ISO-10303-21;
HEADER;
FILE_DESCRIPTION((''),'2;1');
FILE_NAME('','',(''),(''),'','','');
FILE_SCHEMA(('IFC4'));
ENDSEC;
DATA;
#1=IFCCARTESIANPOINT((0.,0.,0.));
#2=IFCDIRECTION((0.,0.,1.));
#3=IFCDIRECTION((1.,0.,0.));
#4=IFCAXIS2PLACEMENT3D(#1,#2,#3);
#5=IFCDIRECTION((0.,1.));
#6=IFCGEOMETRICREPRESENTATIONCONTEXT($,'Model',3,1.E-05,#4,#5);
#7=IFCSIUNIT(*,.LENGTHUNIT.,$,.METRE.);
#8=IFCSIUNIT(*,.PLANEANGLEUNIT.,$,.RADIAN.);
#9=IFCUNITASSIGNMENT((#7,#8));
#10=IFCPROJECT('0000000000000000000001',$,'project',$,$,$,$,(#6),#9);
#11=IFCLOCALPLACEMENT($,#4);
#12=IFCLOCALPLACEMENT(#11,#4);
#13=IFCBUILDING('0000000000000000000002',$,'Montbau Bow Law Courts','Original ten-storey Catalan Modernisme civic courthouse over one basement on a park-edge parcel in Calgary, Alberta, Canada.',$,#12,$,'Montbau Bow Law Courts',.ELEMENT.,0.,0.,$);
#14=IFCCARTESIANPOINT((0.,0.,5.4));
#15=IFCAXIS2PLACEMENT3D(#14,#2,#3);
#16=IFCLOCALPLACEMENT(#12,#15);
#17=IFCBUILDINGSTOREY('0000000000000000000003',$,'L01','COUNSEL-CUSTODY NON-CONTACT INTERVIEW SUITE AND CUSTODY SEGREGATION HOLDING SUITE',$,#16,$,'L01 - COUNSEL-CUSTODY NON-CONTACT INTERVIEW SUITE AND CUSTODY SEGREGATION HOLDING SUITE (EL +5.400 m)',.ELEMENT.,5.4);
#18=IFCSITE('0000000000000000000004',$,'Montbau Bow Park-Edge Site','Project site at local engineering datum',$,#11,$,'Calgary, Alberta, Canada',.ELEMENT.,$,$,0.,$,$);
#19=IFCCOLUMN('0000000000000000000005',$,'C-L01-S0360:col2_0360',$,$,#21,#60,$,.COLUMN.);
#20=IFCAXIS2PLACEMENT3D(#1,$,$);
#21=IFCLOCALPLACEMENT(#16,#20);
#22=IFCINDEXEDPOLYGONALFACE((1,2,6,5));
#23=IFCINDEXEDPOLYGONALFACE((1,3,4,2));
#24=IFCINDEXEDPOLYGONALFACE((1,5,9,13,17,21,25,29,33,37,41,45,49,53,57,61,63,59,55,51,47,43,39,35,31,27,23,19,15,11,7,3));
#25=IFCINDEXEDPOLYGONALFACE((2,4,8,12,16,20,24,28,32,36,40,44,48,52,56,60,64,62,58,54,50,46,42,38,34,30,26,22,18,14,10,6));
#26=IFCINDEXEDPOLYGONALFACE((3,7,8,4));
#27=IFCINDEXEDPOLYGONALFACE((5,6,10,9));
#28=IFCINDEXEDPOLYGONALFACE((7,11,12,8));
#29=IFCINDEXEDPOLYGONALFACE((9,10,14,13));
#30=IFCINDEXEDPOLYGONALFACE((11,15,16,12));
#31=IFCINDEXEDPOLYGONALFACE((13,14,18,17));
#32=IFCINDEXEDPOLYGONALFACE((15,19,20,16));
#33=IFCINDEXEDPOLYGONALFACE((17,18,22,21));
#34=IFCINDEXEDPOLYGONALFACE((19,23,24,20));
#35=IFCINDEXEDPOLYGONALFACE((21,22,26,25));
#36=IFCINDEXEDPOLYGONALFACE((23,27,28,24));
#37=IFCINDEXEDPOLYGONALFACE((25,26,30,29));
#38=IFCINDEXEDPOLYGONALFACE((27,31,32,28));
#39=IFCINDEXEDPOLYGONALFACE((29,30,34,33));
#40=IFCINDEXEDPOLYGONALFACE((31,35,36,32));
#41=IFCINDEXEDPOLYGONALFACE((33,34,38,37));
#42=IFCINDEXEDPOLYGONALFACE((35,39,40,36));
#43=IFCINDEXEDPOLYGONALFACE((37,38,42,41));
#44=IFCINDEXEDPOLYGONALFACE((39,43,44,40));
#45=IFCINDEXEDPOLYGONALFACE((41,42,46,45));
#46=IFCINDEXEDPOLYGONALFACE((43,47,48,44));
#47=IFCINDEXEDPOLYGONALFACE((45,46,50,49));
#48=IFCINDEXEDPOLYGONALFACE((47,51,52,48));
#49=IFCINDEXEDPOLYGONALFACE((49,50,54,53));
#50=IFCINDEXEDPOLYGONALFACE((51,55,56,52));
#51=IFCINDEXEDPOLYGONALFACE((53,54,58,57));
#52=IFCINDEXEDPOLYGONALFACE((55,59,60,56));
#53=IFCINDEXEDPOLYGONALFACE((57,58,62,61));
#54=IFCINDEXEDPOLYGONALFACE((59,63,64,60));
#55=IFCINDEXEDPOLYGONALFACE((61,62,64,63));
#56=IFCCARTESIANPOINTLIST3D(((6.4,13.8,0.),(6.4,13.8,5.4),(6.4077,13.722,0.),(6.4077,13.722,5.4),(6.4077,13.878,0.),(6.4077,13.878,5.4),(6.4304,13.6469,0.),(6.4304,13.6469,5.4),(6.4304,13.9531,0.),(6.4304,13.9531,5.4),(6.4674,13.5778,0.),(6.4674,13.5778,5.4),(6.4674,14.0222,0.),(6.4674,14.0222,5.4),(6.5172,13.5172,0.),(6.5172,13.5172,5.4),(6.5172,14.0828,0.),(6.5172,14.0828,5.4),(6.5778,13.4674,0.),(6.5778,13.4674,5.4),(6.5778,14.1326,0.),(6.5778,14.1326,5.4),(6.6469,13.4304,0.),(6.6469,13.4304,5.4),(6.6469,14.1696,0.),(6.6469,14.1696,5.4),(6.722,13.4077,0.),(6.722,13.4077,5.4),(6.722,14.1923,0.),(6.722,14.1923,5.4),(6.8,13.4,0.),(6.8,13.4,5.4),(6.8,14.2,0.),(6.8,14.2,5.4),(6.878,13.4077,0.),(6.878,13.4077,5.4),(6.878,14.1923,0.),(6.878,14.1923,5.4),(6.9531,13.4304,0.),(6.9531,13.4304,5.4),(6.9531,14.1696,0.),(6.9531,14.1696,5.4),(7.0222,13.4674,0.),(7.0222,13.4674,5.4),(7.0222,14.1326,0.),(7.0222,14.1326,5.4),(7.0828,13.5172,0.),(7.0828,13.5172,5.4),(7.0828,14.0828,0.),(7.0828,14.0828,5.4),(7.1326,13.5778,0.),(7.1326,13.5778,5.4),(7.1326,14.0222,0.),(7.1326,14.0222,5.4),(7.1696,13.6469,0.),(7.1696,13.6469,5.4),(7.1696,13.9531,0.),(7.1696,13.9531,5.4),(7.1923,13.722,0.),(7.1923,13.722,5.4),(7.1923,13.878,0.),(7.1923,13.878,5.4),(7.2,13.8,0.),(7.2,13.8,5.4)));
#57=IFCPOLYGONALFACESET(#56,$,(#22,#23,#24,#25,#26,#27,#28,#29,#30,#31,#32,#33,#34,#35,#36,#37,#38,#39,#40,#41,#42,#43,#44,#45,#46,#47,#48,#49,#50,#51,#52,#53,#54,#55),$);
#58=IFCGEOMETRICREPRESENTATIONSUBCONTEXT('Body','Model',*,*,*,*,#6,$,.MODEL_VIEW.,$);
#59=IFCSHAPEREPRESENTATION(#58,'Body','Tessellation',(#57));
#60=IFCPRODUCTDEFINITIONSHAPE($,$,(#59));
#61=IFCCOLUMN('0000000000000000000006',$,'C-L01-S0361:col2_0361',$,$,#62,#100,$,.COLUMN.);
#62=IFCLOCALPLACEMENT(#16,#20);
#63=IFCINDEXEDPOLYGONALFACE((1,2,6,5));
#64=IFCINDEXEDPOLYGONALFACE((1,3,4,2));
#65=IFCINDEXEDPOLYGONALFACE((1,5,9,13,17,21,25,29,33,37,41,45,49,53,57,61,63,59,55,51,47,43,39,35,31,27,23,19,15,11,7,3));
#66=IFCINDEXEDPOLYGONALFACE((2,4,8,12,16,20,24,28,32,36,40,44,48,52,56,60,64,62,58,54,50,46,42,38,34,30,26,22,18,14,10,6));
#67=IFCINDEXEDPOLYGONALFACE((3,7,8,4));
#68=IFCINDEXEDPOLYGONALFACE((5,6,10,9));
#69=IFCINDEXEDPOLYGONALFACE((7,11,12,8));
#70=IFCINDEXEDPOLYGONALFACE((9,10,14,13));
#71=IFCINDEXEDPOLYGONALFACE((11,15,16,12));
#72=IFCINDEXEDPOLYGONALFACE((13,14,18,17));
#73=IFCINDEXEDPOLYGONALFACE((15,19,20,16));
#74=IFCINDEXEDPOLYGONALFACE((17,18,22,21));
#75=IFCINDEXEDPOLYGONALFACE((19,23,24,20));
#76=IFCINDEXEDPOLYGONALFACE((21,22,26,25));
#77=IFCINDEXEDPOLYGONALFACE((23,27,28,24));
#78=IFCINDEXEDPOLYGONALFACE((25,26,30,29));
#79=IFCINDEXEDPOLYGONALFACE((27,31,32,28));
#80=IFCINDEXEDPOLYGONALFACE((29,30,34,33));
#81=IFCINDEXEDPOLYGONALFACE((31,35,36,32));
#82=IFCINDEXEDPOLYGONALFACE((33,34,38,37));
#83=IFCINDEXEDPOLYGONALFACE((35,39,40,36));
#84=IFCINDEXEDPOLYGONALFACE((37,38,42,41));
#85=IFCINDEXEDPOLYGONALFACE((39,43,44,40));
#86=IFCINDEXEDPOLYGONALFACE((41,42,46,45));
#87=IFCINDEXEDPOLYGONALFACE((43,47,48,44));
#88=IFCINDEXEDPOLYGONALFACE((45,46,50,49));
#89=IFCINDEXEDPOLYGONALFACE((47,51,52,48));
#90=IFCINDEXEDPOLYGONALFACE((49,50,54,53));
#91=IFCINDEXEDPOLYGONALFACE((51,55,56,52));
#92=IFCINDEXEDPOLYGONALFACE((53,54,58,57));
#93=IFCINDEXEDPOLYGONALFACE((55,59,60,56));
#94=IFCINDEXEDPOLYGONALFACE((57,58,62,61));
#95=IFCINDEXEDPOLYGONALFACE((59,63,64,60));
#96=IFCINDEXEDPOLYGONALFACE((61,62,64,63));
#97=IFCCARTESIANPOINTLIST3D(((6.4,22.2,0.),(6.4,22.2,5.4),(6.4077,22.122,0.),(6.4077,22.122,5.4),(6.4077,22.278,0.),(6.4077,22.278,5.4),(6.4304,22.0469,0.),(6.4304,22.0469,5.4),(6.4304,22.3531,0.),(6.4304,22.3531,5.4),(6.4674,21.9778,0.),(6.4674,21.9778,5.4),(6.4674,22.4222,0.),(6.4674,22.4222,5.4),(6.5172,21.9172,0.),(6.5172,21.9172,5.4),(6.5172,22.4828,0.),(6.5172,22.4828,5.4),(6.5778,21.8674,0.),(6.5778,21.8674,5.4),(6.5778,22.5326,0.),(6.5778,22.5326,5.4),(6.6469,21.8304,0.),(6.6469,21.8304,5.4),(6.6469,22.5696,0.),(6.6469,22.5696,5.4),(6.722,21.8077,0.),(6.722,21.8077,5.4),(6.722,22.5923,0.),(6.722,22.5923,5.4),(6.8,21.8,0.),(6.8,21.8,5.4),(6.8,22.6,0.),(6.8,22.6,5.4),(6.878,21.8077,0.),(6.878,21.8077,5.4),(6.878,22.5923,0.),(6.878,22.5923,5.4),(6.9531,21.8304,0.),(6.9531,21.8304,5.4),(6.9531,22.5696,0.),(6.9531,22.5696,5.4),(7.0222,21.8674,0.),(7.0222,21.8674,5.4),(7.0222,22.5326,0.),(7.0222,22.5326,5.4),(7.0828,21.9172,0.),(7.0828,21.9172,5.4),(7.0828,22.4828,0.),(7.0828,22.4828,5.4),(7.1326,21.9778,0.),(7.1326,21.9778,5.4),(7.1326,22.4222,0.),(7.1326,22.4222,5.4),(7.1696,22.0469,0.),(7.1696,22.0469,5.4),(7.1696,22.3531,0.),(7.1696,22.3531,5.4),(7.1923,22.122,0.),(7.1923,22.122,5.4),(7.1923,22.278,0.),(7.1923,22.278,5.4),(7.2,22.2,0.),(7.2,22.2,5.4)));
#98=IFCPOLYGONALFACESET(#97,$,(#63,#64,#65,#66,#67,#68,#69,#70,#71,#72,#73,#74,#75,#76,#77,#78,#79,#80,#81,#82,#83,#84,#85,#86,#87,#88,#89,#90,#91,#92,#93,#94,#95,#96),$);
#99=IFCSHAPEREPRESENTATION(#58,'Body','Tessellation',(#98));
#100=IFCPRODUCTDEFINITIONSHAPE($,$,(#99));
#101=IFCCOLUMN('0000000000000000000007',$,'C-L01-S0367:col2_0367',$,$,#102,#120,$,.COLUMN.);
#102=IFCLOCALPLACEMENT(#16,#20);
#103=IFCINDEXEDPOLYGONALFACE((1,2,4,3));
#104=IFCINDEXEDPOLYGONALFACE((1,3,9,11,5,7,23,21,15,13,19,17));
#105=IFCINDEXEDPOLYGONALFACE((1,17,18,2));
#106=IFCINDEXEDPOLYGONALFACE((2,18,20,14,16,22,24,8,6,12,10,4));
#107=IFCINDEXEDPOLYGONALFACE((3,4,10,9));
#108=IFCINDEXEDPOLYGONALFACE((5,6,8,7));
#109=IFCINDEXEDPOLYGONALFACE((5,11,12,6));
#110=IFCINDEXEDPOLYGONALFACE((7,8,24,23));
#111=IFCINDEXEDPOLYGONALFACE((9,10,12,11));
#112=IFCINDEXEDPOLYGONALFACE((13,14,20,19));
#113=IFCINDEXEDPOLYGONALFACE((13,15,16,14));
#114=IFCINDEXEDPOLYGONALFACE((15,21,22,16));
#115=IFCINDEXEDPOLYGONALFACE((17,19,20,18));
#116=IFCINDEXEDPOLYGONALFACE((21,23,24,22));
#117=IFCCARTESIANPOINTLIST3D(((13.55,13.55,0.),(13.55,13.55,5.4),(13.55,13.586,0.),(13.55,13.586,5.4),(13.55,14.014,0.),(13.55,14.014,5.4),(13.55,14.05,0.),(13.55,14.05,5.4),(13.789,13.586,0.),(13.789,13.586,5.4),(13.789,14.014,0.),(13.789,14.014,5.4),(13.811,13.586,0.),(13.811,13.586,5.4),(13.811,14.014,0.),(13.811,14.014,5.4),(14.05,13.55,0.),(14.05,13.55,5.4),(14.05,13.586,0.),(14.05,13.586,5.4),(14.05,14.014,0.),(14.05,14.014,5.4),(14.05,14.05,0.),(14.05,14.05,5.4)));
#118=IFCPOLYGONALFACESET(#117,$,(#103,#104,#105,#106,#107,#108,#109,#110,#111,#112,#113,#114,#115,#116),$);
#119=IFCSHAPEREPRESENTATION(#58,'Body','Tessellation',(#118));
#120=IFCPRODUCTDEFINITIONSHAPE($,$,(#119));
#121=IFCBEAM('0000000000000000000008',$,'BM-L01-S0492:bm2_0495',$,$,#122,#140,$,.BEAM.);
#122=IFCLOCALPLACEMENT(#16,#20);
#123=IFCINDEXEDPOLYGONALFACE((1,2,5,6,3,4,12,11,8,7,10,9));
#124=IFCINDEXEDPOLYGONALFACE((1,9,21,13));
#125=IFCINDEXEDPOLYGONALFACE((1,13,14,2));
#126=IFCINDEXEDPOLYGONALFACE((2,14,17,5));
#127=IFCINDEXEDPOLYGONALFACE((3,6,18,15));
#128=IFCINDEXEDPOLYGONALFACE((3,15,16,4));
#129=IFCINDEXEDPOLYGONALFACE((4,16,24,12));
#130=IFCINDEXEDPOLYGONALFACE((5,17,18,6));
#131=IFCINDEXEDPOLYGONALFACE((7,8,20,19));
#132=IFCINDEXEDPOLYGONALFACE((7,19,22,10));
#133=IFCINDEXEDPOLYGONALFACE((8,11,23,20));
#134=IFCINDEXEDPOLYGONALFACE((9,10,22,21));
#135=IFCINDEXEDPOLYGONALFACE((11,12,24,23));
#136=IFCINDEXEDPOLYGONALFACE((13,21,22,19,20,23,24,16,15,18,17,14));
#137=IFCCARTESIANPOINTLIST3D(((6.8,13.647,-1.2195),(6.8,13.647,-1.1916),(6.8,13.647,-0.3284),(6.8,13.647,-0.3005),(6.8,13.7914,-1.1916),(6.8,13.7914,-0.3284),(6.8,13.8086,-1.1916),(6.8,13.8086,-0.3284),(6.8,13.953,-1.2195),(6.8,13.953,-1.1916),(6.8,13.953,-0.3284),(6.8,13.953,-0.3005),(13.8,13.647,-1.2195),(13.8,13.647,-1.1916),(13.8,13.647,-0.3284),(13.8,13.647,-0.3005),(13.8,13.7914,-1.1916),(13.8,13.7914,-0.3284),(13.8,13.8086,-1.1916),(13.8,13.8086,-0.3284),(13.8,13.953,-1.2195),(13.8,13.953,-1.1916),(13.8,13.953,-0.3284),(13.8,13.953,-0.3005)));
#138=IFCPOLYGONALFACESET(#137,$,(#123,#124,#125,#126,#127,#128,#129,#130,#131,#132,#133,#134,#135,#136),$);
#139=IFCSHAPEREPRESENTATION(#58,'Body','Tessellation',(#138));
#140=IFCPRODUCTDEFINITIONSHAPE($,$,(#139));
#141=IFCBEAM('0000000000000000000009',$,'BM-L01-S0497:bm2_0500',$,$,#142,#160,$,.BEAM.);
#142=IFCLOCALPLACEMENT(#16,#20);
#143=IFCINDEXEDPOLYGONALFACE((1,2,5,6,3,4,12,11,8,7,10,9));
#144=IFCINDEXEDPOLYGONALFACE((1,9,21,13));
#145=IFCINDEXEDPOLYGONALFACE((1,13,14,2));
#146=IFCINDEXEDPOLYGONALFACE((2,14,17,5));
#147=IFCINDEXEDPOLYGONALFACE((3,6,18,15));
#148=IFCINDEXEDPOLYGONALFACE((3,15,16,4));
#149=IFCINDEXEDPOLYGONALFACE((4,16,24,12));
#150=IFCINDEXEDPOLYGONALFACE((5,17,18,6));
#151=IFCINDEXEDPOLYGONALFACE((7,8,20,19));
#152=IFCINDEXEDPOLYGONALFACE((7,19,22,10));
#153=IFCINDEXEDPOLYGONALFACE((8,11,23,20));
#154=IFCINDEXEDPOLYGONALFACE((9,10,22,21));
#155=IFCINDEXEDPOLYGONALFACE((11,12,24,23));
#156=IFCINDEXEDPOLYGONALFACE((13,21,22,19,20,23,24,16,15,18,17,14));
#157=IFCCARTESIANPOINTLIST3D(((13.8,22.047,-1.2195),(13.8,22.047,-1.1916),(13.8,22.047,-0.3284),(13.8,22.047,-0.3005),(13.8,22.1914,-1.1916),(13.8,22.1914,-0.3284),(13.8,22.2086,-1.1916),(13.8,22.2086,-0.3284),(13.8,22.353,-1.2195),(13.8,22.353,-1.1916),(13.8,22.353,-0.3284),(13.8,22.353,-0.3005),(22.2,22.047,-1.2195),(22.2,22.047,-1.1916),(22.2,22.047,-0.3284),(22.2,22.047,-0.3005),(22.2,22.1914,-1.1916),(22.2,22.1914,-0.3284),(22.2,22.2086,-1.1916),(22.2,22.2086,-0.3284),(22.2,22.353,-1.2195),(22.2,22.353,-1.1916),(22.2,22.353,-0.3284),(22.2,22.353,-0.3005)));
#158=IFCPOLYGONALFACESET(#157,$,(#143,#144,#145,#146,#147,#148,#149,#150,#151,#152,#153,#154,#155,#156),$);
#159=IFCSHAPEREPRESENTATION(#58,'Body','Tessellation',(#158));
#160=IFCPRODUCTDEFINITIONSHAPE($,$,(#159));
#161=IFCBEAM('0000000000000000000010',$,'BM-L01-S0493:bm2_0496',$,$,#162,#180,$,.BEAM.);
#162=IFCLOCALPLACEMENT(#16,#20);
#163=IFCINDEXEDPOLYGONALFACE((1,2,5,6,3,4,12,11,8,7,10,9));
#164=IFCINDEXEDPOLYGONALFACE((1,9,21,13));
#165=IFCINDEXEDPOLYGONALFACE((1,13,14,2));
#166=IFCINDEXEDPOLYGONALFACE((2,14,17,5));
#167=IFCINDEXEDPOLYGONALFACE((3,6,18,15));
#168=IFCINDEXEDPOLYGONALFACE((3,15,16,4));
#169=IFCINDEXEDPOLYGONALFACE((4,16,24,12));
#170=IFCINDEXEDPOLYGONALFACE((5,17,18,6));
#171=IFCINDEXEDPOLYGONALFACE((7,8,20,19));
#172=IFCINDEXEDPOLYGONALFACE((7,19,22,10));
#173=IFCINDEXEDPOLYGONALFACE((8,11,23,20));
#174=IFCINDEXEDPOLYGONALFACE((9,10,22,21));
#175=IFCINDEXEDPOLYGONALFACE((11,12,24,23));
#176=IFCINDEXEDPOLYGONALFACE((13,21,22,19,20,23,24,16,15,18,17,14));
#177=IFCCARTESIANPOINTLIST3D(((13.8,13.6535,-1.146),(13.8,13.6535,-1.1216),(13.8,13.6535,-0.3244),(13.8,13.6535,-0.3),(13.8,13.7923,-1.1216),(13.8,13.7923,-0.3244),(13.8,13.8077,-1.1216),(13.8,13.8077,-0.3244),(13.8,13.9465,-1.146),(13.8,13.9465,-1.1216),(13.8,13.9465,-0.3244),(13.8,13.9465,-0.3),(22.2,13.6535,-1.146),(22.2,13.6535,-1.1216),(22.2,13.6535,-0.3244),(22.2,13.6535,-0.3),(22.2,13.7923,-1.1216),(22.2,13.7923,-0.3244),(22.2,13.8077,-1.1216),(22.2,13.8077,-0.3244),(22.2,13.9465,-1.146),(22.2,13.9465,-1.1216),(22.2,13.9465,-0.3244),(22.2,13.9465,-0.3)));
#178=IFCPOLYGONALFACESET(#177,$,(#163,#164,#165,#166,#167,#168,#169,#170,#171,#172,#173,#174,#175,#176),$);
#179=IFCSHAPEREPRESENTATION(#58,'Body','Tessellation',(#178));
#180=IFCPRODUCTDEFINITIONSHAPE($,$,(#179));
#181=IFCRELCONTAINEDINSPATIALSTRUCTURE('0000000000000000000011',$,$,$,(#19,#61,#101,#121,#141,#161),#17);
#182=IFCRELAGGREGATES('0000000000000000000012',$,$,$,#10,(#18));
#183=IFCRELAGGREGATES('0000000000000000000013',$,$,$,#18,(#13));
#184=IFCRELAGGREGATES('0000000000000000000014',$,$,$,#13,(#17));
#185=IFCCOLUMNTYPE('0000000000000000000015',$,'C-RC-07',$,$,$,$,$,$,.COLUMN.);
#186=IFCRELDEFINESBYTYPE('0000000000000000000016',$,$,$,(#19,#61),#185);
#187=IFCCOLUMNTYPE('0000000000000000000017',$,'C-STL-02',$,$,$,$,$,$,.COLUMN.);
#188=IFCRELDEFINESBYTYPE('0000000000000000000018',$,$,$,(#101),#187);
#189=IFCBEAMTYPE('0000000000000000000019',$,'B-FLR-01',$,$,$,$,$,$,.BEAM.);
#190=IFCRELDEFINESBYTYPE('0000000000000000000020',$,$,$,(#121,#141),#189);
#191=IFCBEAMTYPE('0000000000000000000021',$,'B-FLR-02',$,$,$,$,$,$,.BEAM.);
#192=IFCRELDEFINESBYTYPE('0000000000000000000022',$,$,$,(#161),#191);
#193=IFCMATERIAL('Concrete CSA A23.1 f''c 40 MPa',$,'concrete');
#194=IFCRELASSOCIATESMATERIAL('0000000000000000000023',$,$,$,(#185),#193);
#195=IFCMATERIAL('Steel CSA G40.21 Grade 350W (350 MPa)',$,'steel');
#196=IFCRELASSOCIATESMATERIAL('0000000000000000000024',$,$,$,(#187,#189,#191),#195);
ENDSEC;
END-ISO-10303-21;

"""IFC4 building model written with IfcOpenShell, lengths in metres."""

from ifc_helpers import new_model, si_unit, direction, frame, origin_with_axes, origin_2d_with_axis, place, context, subcontext, project, spatial, circle, i_section, extrude, material, material_profile, profile_set, type_object, element, save


model = new_model("IFC4")

# Units and contexts
model_context = context("Model", 3, precision=1e-05, world=origin_with_axes(), true_north=direction((0.0, 1.0)))
body_context = subcontext(model_context, "Body", "Model", "MODEL_VIEW")
ifc_project = project(units=[si_unit("LENGTHUNIT", "METRE"), si_unit("PLANEANGLEUNIT", "RADIAN")], contexts=[model_context])

# Site, building, storey
site_placement = place(None, origin_with_axes())
site = spatial("IfcSite", under=ifc_project, at=site_placement, Name="Montbau Bow Park-Edge Site", Description="Project site at local engineering datum", LongName="Calgary, Alberta, Canada", CompositionType="ELEMENT", RefElevation=0.0)
building_placement = place(site_placement, origin_with_axes())
building = spatial("IfcBuilding", under=site, at=building_placement, Name="Montbau Bow Law Courts", Description="Original ten-storey Catalan Modernisme civic courthouse over one basement on a park-edge parcel in Calgary, Alberta, Canada.", LongName="Montbau Bow Law Courts", CompositionType="ELEMENT", ElevationOfRefHeight=0.0, ElevationOfTerrain=0.0)
storey_placement = place(building_placement, frame((0.0, 0.0, 5.4), z_axis=(0.0, 0.0, 1.0), x_axis=(1.0, 0.0, 0.0)))
storey = spatial("IfcBuildingStorey", under=building, at=storey_placement, Name="L01", Description="COUNSEL-CUSTODY NON-CONTACT INTERVIEW SUITE AND CUSTODY SEGREGATION HOLDING SUITE", LongName="L01 - COUNSEL-CUSTODY NON-CONTACT INTERVIEW SUITE AND CUSTODY SEGREGATION HOLDING SUITE (EL +5.400 m)", CompositionType="ELEMENT", Elevation=5.4)

# Columns
ifc_material_1 = material(Name="Concrete CSA A23.1 f'c 40 MPa", Category="concrete")
ifc_material_profile_1 = material_profile(ifc_material_1, circle(Radius=0.4, at=origin_2d_with_axis()), Name="RC800D", Category="Main", Priority=0)
ifc_profile_set_1 = profile_set([ifc_material_profile_1], Name="Concrete CSA A23.1 f'c 40 MPa")
column_type_1 = type_object("IfcColumnType", Name="C-RC-07", PredefinedType="COLUMN", material=ifc_profile_set_1)
for number, where, z_axis, x_axis, name in (
    (1, (6.8, 13.8, 5.4), (0.0, 0.0, 1.0), (1.0, 0.0, 0.0), "C-L01-S0360:col2_0360"),
    (2, (6.8, 22.2, 5.4), (0.0, 0.0, 1.0), (1.0, 0.0, 0.0), "C-L01-S0361:col2_0361"),
):
    element("IfcColumn", number, at=place(None, frame(where, z_axis=z_axis, x_axis=x_axis)), inside=storey, type_object=column_type_1, Name=name, PredefinedType="COLUMN", context=body_context, shape_type="SweptSolid", body=[
        extrude(circle(Radius=0.4, at=origin_2d_with_axis()), origin_with_axes(), (0.0, 0.0, 1.0), 5.4),
    ])
ifc_material_2 = material(Name="Steel CSA G40.21 Grade 350W (350 MPa)", Category="steel")
ifc_material_profile_2 = material_profile(ifc_material_2, i_section(OverallWidth=0.5, OverallDepth=0.5, WebThickness=0.022, FlangeThickness=0.036, at=origin_2d_with_axis()), Name="WWF500X343", Category="Main", Priority=0)
ifc_profile_set_2 = profile_set([ifc_material_profile_2], Name="Steel CSA G40.21 Grade 350W (350 MPa)")
column_type_2 = type_object("IfcColumnType", Name="C-STL-02", PredefinedType="COLUMN", material=ifc_profile_set_2)
column_placement = place(None, frame((13.8, 13.8, 5.4), z_axis=(0.0, 0.0, 1.0), x_axis=(1.0, 0.0, 0.0)))
element("IfcColumn", 3, at=column_placement, inside=storey, type_object=column_type_2, Name="C-L01-S0367:col2_0367", PredefinedType="COLUMN", context=body_context, shape_type="SweptSolid", body=[
    extrude(i_section(OverallWidth=0.5, OverallDepth=0.5, WebThickness=0.022, FlangeThickness=0.036, at=origin_2d_with_axis()), origin_with_axes(), (0.0, 0.0, 1.0), 5.4),
])

# Beams
ifc_material_profile_3 = material_profile(ifc_material_2, i_section(OverallWidth=0.306, OverallDepth=0.919, WebThickness=0.0173, FlangeThickness=0.0279, at=origin_2d_with_axis()), Name="W920X253", Category="Main", Priority=0)
ifc_profile_set_3 = profile_set([ifc_material_profile_3], Name="Steel CSA G40.21 Grade 350W (350 MPa)")
beam_type_1 = type_object("IfcBeamType", Name="B-FLR-01", PredefinedType="BEAM", material=ifc_profile_set_3)
beam_1_placement = place(None, frame((6.8, 13.8, 4.64), z_axis=(1.0, 0.0, 0.0), x_axis=(0.0, 1.0, 0.0)))
element("IfcBeam", 4, at=beam_1_placement, inside=storey, type_object=beam_type_1, Name="BM-L01-S0492:bm2_0495", PredefinedType="BEAM", context=body_context, shape_type="SweptSolid", body=[
    extrude(i_section(OverallWidth=0.306, OverallDepth=0.919, WebThickness=0.0173, FlangeThickness=0.0279, at=origin_2d_with_axis()), origin_with_axes(), (0.0, 0.0, 1.0), 7.0),
])
beam_2_placement = place(None, frame((13.8, 22.2, 4.64), z_axis=(1.0, 0.0, 0.0), x_axis=(0.0, 1.0, 0.0)))
element("IfcBeam", 5, at=beam_2_placement, inside=storey, type_object=beam_type_1, Name="BM-L01-S0497:bm2_0500", PredefinedType="BEAM", context=body_context, shape_type="SweptSolid", body=[
    extrude(i_section(OverallWidth=0.306, OverallDepth=0.919, WebThickness=0.0173, FlangeThickness=0.0279, at=origin_2d_with_axis()), origin_with_axes(), (0.0, 0.0, 1.0), 8.4),
])
ifc_material_profile_4 = material_profile(ifc_material_2, i_section(OverallWidth=0.293, OverallDepth=0.846, WebThickness=0.0154, FlangeThickness=0.0244, at=origin_2d_with_axis()), Name="W840X210", Category="Main", Priority=0)
ifc_profile_set_4 = profile_set([ifc_material_profile_4], Name="Steel CSA G40.21 Grade 350W (350 MPa)")
beam_type_2 = type_object("IfcBeamType", Name="B-FLR-02", PredefinedType="BEAM", material=ifc_profile_set_4)
beam_3_placement = place(None, frame((13.8, 13.8, 4.677), z_axis=(1.0, 0.0, 0.0), x_axis=(0.0, 1.0, 0.0)))
element("IfcBeam", 6, at=beam_3_placement, inside=storey, type_object=beam_type_2, Name="BM-L01-S0493:bm2_0496", PredefinedType="BEAM", context=body_context, shape_type="SweptSolid", body=[
    extrude(i_section(OverallWidth=0.293, OverallDepth=0.846, WebThickness=0.0154, FlangeThickness=0.0244, at=origin_2d_with_axis()), origin_with_axes(), (0.0, 0.0, 1.0), 8.4),
])

save(model, "model.ifc")
